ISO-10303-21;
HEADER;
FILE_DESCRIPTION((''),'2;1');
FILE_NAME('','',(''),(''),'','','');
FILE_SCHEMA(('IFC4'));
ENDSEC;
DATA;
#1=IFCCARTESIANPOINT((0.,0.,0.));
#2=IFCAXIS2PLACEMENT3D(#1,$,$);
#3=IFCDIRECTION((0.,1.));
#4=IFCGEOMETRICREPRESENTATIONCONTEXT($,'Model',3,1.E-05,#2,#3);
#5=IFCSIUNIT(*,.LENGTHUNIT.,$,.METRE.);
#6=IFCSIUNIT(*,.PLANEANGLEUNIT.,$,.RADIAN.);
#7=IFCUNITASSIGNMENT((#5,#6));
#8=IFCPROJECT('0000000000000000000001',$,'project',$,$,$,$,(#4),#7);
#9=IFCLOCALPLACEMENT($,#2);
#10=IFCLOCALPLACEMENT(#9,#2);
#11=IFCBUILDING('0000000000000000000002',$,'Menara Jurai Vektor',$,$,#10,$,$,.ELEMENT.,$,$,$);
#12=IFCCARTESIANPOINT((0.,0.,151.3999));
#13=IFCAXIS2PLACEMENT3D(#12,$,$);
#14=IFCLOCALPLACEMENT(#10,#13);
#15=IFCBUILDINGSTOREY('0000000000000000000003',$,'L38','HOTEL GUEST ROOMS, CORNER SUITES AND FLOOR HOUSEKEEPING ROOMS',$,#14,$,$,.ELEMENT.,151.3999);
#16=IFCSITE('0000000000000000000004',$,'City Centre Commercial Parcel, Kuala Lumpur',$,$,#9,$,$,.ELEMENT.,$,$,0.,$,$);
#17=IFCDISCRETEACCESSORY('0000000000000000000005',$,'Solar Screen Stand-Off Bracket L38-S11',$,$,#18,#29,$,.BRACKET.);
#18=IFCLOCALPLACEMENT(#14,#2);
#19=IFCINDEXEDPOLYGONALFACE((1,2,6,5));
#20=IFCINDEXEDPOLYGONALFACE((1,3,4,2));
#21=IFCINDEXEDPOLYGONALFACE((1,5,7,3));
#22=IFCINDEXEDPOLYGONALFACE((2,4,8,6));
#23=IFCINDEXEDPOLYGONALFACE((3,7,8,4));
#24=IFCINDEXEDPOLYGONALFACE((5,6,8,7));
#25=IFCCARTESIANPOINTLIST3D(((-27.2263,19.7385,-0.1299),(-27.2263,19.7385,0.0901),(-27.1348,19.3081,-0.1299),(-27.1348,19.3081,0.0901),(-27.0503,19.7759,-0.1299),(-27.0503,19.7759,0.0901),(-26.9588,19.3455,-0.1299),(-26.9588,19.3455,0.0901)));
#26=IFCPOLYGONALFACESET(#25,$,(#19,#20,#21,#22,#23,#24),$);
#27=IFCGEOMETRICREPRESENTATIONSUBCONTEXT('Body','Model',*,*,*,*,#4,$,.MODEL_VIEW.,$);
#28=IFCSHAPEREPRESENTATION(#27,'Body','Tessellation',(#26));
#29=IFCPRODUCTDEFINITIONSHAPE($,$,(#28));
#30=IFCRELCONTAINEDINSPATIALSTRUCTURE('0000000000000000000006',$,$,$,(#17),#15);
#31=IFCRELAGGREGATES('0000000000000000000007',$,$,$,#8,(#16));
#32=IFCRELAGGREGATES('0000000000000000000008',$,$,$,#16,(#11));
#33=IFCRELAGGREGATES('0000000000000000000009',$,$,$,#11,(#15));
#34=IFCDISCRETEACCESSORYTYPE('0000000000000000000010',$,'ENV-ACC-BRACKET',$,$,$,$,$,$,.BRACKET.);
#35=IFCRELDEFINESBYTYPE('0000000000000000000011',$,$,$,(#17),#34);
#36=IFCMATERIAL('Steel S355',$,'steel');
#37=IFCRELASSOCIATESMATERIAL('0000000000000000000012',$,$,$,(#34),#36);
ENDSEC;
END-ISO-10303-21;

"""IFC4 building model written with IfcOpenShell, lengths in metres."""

from ifc_helpers import new_model, si_unit, direction, frame, origin, origin_2d, place, context, subcontext, project, spatial, rectangle, extrude, material, type_object, element, save


model = new_model("IFC4")

# Units and contexts
model_context = context("Model", 3, precision=1e-05, world=origin(), true_north=direction((0.0, 1.0)))
body_context = subcontext(model_context, "Body", "Model", "MODEL_VIEW")
ifc_project = project(units=[si_unit("LENGTHUNIT", "METRE"), si_unit("PLANEANGLEUNIT", "RADIAN")], contexts=[model_context])

# Site, building, storey
site_placement = place(None, origin())
site = spatial("IfcSite", under=ifc_project, at=site_placement, Name="City Centre Commercial Parcel, Kuala Lumpur", CompositionType="ELEMENT", RefElevation=0.0)
building_placement = place(site_placement, origin())
building = spatial("IfcBuilding", under=site, at=building_placement, Name="Menara Jurai Vektor", CompositionType="ELEMENT")
storey_placement = place(building_placement, frame((0.0, 0.0, 151.3999)))
storey = spatial("IfcBuildingStorey", under=building, at=storey_placement, Name="L38", Description="HOTEL GUEST ROOMS, CORNER SUITES AND FLOOR HOUSEKEEPING ROOMS", CompositionType="ELEMENT", Elevation=151.3999)

# Shared definitions
ifc_material_1 = material(Name="Steel S355", Category="steel")

# Discrete accessory
discrete_accessory_type = type_object("IfcDiscreteAccessoryType", Name="ENV-ACC-BRACKET", PredefinedType="BRACKET", material=ifc_material_1)
discrete_accessory_placement = place(storey_placement, frame((-27.0925, 19.542, -0.1299), z_axis=(0.0, 0.0, 1.0), x_axis=(-0.978148, -0.207912, 0.0)))
element("IfcDiscreteAccessory", 1, at=discrete_accessory_placement, inside=storey, type_object=discrete_accessory_type, Name="Solar Screen Stand-Off Bracket L38-S11", PredefinedType="BRACKET", context=body_context, shape_type="SweptSolid", body=[
    extrude(rectangle(XDim=0.1799, YDim=0.4399, at=origin_2d()), origin(), (0.0, 0.0, 1.0), 0.22),
])

save(model, "model.ifc")
